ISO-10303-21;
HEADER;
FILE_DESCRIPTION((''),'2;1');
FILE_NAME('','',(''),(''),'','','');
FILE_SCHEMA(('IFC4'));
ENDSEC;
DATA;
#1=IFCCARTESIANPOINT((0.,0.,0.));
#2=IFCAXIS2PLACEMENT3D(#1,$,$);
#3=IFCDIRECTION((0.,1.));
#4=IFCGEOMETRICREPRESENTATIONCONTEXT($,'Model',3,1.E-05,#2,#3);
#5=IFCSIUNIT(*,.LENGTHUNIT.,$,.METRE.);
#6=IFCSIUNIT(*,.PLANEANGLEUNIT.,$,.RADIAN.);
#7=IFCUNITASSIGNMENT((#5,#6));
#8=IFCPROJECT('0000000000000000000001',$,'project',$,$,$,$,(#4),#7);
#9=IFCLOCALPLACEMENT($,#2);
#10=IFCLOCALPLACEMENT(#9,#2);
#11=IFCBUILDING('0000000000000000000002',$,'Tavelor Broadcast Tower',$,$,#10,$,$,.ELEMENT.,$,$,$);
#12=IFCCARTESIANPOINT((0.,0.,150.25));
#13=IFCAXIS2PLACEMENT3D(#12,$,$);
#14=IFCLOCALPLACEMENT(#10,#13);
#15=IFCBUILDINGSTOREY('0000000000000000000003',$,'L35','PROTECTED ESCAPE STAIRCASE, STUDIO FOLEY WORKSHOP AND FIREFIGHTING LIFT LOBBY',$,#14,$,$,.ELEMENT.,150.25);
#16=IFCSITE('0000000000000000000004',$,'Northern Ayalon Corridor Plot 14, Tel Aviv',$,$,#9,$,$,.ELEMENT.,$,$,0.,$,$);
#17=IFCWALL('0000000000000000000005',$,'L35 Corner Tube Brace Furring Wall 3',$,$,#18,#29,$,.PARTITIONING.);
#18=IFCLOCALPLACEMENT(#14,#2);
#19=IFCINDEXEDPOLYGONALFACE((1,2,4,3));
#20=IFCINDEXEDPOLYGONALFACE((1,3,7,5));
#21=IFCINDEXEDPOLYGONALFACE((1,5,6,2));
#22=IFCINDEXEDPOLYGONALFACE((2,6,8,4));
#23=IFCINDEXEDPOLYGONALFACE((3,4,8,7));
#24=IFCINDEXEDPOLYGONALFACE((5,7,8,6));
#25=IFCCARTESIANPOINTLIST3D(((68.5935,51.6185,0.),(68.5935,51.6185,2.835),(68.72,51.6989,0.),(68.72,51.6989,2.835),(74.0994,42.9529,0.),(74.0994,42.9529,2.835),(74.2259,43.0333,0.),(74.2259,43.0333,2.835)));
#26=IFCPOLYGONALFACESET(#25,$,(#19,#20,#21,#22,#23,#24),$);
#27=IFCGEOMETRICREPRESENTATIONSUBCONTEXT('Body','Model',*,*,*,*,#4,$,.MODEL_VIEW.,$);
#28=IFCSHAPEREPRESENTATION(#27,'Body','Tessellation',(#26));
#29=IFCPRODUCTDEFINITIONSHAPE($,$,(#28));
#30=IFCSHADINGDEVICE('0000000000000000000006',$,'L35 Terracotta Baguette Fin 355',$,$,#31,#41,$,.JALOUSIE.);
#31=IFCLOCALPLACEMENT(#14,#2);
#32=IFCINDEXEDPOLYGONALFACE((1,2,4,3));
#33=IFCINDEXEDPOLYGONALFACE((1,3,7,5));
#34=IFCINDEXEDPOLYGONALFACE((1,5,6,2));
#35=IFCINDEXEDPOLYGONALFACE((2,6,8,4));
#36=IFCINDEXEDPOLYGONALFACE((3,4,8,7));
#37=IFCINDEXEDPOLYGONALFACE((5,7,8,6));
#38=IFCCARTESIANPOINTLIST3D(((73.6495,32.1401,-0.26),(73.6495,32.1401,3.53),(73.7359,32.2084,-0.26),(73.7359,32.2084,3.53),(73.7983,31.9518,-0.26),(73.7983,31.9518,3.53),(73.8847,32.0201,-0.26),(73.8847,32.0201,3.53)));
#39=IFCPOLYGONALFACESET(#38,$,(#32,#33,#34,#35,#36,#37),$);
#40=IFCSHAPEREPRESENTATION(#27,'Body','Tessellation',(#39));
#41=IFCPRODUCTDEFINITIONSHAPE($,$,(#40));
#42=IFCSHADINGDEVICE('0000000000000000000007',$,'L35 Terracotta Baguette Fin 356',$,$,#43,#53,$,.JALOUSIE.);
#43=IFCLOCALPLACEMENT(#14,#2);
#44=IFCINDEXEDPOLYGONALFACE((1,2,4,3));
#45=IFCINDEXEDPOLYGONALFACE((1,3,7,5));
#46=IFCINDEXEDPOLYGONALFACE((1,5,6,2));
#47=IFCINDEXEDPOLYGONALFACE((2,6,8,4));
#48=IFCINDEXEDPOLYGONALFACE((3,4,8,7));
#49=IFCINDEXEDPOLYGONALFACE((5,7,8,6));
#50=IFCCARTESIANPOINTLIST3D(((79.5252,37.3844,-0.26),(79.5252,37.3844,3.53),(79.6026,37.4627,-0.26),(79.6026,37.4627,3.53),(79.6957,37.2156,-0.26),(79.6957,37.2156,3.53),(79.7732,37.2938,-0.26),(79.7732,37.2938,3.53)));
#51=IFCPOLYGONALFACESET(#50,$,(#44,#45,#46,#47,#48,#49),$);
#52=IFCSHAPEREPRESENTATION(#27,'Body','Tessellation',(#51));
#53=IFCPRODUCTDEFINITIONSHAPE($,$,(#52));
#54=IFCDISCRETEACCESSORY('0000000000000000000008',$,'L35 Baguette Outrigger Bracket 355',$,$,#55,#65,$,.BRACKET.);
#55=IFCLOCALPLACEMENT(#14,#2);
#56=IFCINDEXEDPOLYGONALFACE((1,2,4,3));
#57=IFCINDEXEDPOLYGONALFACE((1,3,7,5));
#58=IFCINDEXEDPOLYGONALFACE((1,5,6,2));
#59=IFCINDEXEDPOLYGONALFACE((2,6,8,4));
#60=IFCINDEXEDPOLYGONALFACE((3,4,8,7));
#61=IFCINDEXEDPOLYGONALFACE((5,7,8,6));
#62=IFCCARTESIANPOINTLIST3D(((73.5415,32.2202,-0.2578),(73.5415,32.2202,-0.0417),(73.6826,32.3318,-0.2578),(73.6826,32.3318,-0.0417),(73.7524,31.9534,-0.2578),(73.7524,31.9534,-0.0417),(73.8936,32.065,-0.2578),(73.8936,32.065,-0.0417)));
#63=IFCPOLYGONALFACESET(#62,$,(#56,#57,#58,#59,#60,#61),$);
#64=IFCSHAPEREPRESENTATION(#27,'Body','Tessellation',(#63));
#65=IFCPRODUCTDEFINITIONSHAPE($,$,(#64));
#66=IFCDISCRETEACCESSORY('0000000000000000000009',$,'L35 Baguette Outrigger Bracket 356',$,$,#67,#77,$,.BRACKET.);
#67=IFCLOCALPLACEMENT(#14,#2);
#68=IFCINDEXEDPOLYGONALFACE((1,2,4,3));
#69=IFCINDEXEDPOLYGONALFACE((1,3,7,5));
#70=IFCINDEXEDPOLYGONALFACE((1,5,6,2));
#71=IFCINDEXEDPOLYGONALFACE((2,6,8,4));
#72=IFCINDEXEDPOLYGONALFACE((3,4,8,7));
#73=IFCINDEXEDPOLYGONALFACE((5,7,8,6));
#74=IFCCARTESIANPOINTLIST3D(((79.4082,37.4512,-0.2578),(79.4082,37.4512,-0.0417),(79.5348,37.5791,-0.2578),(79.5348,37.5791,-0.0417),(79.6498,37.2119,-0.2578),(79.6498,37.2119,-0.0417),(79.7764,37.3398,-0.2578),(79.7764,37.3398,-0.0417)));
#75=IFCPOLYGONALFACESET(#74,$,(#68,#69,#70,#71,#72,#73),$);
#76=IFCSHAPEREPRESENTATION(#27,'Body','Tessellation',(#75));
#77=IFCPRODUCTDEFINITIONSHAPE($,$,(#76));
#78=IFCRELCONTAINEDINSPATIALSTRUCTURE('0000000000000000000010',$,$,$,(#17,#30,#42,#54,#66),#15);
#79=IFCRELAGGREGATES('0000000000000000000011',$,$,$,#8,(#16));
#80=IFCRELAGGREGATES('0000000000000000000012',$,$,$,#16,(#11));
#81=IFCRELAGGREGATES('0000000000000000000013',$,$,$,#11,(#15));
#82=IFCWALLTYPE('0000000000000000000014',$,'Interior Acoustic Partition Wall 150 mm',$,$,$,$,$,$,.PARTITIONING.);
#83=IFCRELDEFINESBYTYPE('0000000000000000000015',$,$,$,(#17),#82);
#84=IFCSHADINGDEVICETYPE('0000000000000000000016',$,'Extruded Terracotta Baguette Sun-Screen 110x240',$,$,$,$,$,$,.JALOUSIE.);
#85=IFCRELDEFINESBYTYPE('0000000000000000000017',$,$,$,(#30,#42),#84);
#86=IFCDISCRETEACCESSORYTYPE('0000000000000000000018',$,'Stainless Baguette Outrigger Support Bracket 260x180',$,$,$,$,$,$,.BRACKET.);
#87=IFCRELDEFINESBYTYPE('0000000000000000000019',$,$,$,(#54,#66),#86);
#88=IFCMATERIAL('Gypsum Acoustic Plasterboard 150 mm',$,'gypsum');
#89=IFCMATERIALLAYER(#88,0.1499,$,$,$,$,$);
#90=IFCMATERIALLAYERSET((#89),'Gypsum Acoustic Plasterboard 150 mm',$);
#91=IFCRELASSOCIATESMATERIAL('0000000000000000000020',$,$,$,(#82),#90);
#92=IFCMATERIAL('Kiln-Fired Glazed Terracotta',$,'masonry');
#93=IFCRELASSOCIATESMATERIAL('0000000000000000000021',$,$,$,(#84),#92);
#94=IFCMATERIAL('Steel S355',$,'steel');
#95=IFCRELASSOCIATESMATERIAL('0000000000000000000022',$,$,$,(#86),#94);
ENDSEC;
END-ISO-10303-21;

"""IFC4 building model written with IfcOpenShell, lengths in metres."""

from ifc_helpers import new_model, si_unit, direction, frame, frame_2d, origin, origin_2d, place, context, subcontext, project, spatial, rectangle, extrude, source, transform, mapped, material, layer, layer_set, type_object, type_shapes, element, save


model = new_model("IFC4")

# Units and contexts
model_context = context("Model", 3, precision=1e-05, world=origin(), true_north=direction((0.0, 1.0)))
body_context = subcontext(model_context, "Body", "Model", "MODEL_VIEW")
ifc_project = project(units=[si_unit("LENGTHUNIT", "METRE"), si_unit("PLANEANGLEUNIT", "RADIAN")], contexts=[model_context])

# Site, building, storey
site_placement = place(None, origin())
site = spatial("IfcSite", under=ifc_project, at=site_placement, Name="Northern Ayalon Corridor Plot 14, Tel Aviv", CompositionType="ELEMENT", RefElevation=0.0)
building_placement = place(site_placement, origin())
building = spatial("IfcBuilding", under=site, at=building_placement, Name="Tavelor Broadcast Tower", CompositionType="ELEMENT")
storey_placement = place(building_placement, frame((0.0, 0.0, 150.25)))
storey = spatial("IfcBuildingStorey", under=building, at=storey_placement, Name="L35", Description="PROTECTED ESCAPE STAIRCASE, STUDIO FOLEY WORKSHOP AND FIREFIGHTING LIFT LOBBY", CompositionType="ELEMENT", Elevation=150.25)

# Shared definitions
ifc_material_1 = material(Name="Steel S355", Category="steel")

# Wall
ifc_material_2 = material(Name="Gypsum Acoustic Plasterboard 150 mm", Category="gypsum")
ifc_layer_1 = layer(ifc_material_2, 0.1499)
ifc_layer_set_1 = layer_set([ifc_layer_1], Name="Gypsum Acoustic Plasterboard 150 mm")
wall_type_1 = type_object("IfcWallType", Name="Interior Acoustic Partition Wall 150 mm", PredefinedType="PARTITIONING", material=ifc_layer_set_1)
wall_1_placement = place(storey_placement, frame((74.1626, 42.9932, 0.0), z_axis=(0.0, 0.0, 1.0), x_axis=(-0.536281, 0.844039, 0.0)))
element("IfcWall", 1, at=wall_1_placement, inside=storey, type_object=wall_type_1, Name="L35 Corner Tube Brace Furring Wall 3", PredefinedType="PARTITIONING", context=body_context, shape_type="SweptSolid", body=[
    extrude(rectangle(XDim=10.2668, YDim=0.1499, at=frame_2d((5.1333, 0.0))), origin(), (0.0, 0.0, 1.0), 2.835),
])

# Shading devices
ifc_material_3 = material(Name="Kiln-Fired Glazed Terracotta", Category="masonry")
shading_device_type = type_object("IfcShadingDeviceType", Name="Extruded Terracotta Baguette Sun-Screen 110x240", PredefinedType="JALOUSIE", material=ifc_material_3)
shared_shape_1 = source(origin(), body_context, "Body", "SweptSolid", [
    extrude(rectangle(XDim=0.1101, YDim=0.24, at=origin_2d()), origin(), (0.0, 0.0, 1.0), 3.79),
])
type_shapes(shading_device_type, [shared_shape_1])
for number, where, z_axis, x_axis, name in (
    (2, (73.7671, 32.0801, -0.26), (0.0, 0.0, 1.0), (0.784452, 0.62019, 0.0), "L35 Terracotta Baguette Fin 355"),
    (3, (79.6492, 37.3391, -0.26), (0.0, 0.0, 1.0), (0.703643, 0.710554, 0.0), "L35 Terracotta Baguette Fin 356"),
):
    element("IfcShadingDevice", number, at=place(storey_placement, frame(where, z_axis=z_axis, x_axis=x_axis)), inside=storey, type_object=shading_device_type, Name=name, PredefinedType="JALOUSIE", context=body_context, shape_type="MappedRepresentation", body=[
        mapped(shared_shape_1, transform((0.0, 0.0, 0.0), scale=1.0)),
    ])

# Discrete accessories
discrete_accessory_type = type_object("IfcDiscreteAccessoryType", Name="Stainless Baguette Outrigger Support Bracket 260x180", PredefinedType="BRACKET", material=ifc_material_1)
shared_shape_2 = source(origin(), body_context, "Body", "SweptSolid", [
    extrude(rectangle(XDim=0.1799, YDim=0.3401, at=origin_2d()), origin(), (0.0, 0.0, 1.0), 0.2161),
])
type_shapes(discrete_accessory_type, [shared_shape_2])
for number, where, z_axis, x_axis, name in (
    (4, (73.7175, 32.1426, -0.2578), (0.0, 0.0, 1.0), (0.784452, 0.62019, 0.0), "L35 Baguette Outrigger Bracket 355"),
    (5, (79.5923, 37.3955, -0.2578), (0.0, 0.0, 1.0), (0.703643, 0.710554, 0.0), "L35 Baguette Outrigger Bracket 356"),
):
    element("IfcDiscreteAccessory", number, at=place(storey_placement, frame(where, z_axis=z_axis, x_axis=x_axis)), inside=storey, type_object=discrete_accessory_type, Name=name, PredefinedType="BRACKET", context=body_context, shape_type="MappedRepresentation", body=[
        mapped(shared_shape_2, transform((0.0, 0.0, 0.0), scale=1.0)),
    ])

save(model, "model.ifc")
